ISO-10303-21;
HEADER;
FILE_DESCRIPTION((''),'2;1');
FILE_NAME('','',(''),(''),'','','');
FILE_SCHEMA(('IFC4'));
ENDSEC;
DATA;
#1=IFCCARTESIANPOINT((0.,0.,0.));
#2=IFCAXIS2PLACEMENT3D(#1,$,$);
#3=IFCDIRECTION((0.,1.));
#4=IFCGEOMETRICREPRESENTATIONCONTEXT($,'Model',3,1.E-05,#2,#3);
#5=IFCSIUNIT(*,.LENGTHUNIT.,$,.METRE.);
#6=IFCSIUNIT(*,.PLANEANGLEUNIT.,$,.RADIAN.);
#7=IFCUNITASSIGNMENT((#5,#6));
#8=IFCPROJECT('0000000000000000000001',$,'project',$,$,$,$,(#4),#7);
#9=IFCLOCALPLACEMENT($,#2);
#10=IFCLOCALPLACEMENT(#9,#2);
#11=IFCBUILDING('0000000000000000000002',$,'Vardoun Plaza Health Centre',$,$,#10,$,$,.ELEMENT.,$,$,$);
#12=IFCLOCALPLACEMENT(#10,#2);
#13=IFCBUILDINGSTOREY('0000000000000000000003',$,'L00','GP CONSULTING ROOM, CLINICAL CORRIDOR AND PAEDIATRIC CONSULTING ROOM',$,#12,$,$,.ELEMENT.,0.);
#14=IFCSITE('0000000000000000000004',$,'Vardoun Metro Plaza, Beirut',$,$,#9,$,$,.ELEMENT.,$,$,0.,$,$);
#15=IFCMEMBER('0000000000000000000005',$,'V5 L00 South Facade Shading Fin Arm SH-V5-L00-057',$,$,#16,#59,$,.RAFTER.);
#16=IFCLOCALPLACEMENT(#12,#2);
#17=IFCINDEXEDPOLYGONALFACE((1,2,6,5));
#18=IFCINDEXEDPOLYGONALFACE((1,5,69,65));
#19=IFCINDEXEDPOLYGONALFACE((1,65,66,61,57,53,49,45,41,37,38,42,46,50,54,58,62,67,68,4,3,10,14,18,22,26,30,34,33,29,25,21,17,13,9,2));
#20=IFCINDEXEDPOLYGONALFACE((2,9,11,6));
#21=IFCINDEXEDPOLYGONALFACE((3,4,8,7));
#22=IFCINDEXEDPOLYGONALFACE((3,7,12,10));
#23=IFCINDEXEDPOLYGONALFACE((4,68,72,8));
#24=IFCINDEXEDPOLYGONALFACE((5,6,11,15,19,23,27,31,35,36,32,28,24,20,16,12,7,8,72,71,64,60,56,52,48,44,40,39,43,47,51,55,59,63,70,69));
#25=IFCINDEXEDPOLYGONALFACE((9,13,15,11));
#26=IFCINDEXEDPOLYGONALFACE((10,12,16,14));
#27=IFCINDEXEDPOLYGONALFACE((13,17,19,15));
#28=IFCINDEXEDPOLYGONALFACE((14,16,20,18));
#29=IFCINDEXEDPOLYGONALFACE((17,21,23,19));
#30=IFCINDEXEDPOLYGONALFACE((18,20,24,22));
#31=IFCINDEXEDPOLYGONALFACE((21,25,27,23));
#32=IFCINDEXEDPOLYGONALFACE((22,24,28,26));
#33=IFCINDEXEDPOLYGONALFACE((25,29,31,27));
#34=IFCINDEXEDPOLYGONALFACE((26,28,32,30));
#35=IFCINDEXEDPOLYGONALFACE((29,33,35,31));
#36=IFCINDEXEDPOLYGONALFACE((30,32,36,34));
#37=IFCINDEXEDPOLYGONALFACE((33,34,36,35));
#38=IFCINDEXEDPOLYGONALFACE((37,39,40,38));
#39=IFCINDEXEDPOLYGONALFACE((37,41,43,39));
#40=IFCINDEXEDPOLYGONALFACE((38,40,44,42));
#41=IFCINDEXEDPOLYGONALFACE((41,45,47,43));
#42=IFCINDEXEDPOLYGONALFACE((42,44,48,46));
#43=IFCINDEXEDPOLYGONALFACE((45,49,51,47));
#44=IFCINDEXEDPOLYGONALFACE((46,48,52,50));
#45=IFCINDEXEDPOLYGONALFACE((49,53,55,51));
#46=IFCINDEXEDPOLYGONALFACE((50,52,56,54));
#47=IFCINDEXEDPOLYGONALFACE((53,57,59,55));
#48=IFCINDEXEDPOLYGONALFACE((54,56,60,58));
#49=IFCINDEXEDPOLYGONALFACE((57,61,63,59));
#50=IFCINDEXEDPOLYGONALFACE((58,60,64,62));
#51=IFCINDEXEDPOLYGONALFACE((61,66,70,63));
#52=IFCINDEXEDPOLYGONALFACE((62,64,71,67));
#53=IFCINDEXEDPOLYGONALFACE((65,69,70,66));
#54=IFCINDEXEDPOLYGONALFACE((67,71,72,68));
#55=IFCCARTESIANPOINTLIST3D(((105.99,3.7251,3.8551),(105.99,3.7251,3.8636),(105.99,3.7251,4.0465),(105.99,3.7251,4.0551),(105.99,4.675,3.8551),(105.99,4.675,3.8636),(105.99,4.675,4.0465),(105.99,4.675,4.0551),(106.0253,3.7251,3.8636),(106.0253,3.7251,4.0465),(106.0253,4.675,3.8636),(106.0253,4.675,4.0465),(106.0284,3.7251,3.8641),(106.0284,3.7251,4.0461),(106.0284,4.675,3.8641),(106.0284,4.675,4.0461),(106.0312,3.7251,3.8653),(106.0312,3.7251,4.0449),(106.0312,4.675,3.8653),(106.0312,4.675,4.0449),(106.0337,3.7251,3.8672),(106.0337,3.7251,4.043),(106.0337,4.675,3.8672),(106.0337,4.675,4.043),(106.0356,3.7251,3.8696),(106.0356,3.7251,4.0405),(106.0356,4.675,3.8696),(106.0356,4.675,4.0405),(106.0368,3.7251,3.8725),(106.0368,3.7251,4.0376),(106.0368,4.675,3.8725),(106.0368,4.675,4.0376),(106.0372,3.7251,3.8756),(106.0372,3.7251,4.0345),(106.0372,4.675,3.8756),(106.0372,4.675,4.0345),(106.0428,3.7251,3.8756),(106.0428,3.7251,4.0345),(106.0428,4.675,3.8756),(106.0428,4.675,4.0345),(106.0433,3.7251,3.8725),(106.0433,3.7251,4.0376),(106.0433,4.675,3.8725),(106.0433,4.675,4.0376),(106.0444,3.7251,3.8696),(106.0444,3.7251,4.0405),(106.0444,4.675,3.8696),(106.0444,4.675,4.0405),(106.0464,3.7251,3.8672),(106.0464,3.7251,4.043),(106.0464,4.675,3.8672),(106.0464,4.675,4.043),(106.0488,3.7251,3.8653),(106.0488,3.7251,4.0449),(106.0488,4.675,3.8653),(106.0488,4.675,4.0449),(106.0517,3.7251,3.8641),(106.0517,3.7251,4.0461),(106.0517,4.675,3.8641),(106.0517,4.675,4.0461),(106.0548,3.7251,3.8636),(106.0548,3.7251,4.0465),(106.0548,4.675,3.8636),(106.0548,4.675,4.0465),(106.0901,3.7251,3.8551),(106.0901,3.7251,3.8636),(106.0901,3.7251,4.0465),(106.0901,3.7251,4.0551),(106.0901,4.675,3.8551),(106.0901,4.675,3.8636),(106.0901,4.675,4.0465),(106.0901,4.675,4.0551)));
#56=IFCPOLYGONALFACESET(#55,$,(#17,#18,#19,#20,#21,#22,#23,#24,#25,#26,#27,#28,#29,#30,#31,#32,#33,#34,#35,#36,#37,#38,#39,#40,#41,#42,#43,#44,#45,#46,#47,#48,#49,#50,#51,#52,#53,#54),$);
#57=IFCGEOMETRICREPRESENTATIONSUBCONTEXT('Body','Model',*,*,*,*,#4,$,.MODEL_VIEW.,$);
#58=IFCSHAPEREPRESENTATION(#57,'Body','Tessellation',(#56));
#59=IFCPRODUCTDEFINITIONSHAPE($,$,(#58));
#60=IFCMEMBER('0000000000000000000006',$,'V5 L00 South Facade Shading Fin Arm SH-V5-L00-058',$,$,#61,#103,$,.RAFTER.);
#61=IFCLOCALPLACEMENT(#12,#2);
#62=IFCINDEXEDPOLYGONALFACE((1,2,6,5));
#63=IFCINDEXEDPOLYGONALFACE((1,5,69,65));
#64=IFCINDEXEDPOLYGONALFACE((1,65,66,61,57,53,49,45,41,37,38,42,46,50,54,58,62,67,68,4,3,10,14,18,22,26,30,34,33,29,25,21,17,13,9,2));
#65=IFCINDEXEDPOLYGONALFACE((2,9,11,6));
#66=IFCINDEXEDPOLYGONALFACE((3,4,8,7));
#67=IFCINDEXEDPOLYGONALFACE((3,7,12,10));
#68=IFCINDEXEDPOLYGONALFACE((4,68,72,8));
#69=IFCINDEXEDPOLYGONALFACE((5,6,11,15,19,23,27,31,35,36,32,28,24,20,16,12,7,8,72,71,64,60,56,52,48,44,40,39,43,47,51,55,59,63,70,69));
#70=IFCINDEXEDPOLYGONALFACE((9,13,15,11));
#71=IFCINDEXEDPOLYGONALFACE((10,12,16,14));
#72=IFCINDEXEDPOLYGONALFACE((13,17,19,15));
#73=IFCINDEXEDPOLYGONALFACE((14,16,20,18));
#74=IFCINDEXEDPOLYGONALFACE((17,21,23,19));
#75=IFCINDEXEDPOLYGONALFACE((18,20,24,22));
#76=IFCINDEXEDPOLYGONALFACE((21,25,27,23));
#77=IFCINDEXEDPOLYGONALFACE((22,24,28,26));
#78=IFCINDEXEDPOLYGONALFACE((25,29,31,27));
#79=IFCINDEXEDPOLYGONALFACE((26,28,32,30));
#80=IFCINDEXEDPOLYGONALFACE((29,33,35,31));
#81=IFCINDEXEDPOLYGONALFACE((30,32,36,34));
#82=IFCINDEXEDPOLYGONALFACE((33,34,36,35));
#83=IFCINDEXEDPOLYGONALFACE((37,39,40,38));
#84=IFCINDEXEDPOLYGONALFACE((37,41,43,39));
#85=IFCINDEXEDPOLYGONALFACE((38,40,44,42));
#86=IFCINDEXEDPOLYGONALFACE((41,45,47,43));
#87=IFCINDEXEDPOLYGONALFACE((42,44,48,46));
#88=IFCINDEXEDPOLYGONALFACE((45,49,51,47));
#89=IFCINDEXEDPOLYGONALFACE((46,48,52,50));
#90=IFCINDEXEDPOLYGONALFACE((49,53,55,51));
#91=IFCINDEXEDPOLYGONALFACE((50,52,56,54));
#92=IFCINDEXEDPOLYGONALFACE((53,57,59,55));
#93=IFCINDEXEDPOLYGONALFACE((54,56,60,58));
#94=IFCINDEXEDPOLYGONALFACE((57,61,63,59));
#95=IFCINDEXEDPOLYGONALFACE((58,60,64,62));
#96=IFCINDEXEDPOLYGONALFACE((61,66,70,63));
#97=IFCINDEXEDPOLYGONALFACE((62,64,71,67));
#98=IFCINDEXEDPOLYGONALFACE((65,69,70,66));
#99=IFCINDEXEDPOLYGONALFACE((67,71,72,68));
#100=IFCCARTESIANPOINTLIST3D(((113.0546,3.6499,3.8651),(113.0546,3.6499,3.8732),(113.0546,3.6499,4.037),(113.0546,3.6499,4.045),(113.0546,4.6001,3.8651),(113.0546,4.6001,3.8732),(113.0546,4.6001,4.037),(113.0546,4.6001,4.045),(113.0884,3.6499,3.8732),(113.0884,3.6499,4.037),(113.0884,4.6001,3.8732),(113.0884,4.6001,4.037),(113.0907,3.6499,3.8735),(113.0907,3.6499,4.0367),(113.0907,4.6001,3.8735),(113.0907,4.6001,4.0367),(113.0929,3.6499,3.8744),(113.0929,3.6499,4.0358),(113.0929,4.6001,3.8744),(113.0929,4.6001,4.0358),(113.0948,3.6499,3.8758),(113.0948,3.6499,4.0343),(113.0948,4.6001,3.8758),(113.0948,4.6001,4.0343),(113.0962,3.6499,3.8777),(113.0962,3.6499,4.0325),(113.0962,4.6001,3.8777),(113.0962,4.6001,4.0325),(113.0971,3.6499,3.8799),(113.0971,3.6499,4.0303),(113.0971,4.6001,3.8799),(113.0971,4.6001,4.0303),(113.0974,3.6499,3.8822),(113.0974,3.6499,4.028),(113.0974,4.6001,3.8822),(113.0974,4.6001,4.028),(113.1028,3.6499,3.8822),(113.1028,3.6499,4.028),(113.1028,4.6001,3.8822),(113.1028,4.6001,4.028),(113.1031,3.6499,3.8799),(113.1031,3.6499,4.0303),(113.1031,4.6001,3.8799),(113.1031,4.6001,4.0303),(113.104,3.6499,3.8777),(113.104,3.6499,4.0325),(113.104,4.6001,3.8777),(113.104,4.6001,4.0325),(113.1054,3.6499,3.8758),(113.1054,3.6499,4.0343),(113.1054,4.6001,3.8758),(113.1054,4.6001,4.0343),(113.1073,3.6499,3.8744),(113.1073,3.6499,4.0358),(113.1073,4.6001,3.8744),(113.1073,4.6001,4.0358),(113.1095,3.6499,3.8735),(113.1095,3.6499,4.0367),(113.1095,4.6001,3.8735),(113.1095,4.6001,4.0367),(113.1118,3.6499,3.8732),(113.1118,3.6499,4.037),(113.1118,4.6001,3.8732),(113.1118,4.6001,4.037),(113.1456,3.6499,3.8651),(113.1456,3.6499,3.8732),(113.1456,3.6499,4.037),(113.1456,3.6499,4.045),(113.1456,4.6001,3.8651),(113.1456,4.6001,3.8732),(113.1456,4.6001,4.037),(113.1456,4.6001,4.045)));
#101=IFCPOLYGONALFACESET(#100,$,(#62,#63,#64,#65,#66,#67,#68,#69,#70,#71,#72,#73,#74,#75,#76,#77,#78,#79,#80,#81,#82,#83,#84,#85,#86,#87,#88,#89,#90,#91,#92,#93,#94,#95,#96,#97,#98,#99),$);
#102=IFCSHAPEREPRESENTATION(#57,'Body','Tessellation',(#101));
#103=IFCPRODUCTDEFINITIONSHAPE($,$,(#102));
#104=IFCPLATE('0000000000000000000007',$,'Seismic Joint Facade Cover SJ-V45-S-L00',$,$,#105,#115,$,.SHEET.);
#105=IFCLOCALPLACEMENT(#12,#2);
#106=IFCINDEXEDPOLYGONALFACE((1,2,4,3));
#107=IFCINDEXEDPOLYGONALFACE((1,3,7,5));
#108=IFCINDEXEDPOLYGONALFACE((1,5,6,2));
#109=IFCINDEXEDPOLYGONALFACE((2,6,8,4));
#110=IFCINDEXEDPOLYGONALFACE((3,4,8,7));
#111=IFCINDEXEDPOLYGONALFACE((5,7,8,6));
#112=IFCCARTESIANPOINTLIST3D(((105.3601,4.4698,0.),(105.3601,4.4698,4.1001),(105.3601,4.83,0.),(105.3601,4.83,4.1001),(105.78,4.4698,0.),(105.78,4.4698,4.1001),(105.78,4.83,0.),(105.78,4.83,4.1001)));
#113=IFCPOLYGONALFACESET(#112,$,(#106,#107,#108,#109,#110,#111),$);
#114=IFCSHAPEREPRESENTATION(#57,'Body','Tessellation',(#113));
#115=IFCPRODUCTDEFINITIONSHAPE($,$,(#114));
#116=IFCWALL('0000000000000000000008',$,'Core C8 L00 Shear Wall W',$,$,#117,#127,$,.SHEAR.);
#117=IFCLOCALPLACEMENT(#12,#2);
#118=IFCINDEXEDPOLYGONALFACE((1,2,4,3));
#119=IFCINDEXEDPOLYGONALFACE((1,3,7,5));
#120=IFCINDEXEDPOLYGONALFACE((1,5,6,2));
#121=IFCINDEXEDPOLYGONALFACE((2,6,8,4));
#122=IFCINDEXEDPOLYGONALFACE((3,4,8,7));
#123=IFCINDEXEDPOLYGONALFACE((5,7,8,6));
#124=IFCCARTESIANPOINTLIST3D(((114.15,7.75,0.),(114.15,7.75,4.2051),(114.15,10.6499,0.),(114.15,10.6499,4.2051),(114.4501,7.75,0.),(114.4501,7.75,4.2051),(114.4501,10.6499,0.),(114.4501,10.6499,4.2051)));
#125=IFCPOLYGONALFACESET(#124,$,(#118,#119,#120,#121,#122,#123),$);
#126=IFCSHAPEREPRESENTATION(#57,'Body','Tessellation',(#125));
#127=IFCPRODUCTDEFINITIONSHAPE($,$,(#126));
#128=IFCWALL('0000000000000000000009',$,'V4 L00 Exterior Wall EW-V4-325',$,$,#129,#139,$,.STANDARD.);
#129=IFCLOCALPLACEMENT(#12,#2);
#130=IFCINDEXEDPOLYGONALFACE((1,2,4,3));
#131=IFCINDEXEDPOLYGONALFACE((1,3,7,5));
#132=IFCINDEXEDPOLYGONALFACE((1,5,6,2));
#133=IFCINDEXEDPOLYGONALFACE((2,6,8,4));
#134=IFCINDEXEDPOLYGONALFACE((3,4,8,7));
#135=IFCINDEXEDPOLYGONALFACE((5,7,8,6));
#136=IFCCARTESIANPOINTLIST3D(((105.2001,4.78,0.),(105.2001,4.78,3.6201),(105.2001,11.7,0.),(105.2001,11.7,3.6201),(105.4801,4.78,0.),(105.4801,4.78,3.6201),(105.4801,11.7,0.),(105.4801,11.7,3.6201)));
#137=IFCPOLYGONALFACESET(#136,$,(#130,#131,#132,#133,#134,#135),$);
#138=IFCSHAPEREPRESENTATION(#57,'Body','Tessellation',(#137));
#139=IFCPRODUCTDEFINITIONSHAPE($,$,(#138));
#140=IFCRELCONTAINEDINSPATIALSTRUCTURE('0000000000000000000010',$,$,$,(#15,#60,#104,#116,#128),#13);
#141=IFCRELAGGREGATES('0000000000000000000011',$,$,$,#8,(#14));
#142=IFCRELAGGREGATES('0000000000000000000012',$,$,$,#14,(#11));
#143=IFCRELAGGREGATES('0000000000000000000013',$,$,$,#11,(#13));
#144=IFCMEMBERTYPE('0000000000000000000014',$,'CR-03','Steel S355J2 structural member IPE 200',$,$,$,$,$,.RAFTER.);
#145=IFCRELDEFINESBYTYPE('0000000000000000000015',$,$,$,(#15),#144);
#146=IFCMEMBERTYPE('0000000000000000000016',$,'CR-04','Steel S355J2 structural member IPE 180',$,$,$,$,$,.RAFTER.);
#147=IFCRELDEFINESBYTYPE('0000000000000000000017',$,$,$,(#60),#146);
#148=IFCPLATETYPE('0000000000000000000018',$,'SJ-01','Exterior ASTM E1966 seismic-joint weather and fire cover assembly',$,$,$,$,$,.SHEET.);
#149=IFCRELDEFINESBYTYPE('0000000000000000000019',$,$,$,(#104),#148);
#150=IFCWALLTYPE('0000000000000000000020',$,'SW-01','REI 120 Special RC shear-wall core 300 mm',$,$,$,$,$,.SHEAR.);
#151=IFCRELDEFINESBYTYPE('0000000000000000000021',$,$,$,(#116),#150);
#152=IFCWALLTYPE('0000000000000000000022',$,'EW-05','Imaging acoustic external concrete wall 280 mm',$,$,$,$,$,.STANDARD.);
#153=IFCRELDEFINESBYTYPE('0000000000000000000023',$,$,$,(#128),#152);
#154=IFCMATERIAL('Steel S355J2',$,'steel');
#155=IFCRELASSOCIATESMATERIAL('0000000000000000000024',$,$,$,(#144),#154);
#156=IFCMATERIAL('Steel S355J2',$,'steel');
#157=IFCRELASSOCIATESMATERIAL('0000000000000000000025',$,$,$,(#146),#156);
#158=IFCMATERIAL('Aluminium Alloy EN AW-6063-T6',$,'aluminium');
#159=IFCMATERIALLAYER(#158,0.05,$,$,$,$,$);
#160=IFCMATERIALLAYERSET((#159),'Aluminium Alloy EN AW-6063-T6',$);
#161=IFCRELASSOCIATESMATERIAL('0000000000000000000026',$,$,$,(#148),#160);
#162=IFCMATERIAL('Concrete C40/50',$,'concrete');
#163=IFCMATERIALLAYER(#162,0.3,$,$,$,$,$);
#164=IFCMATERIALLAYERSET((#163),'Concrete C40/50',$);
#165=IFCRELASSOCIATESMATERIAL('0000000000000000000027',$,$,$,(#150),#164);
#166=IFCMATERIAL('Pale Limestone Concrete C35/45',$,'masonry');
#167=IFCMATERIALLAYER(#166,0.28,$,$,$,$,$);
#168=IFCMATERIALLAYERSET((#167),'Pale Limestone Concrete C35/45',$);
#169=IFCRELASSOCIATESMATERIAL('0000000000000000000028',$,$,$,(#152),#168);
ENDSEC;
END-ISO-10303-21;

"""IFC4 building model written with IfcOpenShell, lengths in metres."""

from ifc_helpers import new_model, si_unit, direction, frame, frame_2d, origin, origin_2d, place, context, subcontext, project, spatial, rectangle, i_section, extrude, material, layer, layer_set, material_profile, profile_set, type_object, element, save


model = new_model("IFC4")

# Units and contexts
model_context = context("Model", 3, precision=1e-05, world=origin(), true_north=direction((0.0, 1.0)))
body_context = subcontext(model_context, "Body", "Model", "MODEL_VIEW")
ifc_project = project(units=[si_unit("LENGTHUNIT", "METRE"), si_unit("PLANEANGLEUNIT", "RADIAN")], contexts=[model_context])

# Site, building, storey
site_placement = place(None, origin())
site = spatial("IfcSite", under=ifc_project, at=site_placement, Name="Vardoun Metro Plaza, Beirut", CompositionType="ELEMENT", RefElevation=0.0)
building_placement = place(site_placement, origin())
building = spatial("IfcBuilding", under=site, at=building_placement, Name="Vardoun Plaza Health Centre", CompositionType="ELEMENT")
storey_placement = place(building_placement, origin())
storey = spatial("IfcBuildingStorey", under=building, at=storey_placement, Name="L00", Description="GP CONSULTING ROOM, CLINICAL CORRIDOR AND PAEDIATRIC CONSULTING ROOM", CompositionType="ELEMENT", Elevation=0.0)

# Members
ifc_material_1 = material(Name="Steel S355J2", Category="steel")
ifc_material_profile_1 = material_profile(ifc_material_1, i_section(OverallWidth=0.1001, OverallDepth=0.2, WebThickness=0.0056, FlangeThickness=0.0085, FilletRadius=0.012, at=origin_2d()), Name="IPE 200")
ifc_profile_set_1 = profile_set([ifc_material_profile_1], Name="Steel S355J2")
member_type_1 = type_object("IfcMemberType", Name="CR-03", Description="Steel S355J2 structural member IPE 200", PredefinedType="RAFTER", material=ifc_profile_set_1)
member_1_placement = place(storey_placement, frame((106.04, 4.675, 3.9551), z_axis=(0.0, -1.0, 0.0), x_axis=(1.0, 0.0, 0.0)))
element("IfcMember", 1, at=member_1_placement, inside=storey, type_object=member_type_1, Name="V5 L00 South Facade Shading Fin Arm SH-V5-L00-057", PredefinedType="RAFTER", context=body_context, shape_type="SweptSolid", body=[
    extrude(i_section(OverallWidth=0.1001, OverallDepth=0.2, WebThickness=0.0056, FlangeThickness=0.0085, FilletRadius=0.012, at=origin_2d()), origin(), (0.0, 0.0, 1.0), 0.95),
])
ifc_material_2 = material(Name="Steel S355J2", Category="steel")
ifc_material_profile_2 = material_profile(ifc_material_2, i_section(OverallWidth=0.0911, OverallDepth=0.1799, WebThickness=0.0054, FlangeThickness=0.0081, FilletRadius=0.009, at=origin_2d()), Name="IPE 180")
ifc_profile_set_2 = profile_set([ifc_material_profile_2], Name="Steel S355J2")
member_type_2 = type_object("IfcMemberType", Name="CR-04", Description="Steel S355J2 structural member IPE 180", PredefinedType="RAFTER", material=ifc_profile_set_2)
member_2_placement = place(storey_placement, frame((113.1001, 4.6001, 3.9551), z_axis=(0.0, -1.0, 0.0), x_axis=(1.0, 0.0, 0.0)))
element("IfcMember", 2, at=member_2_placement, inside=storey, type_object=member_type_2, Name="V5 L00 South Facade Shading Fin Arm SH-V5-L00-058", PredefinedType="RAFTER", context=body_context, shape_type="SweptSolid", body=[
    extrude(i_section(OverallWidth=0.0911, OverallDepth=0.1799, WebThickness=0.0054, FlangeThickness=0.0081, FilletRadius=0.009, at=origin_2d()), origin(), (0.0, 0.0, 1.0), 0.9502),
])

# Plate
ifc_material_3 = material(Name="Aluminium Alloy EN AW-6063-T6", Category="aluminium")
ifc_layer_1 = layer(ifc_material_3, 0.05)
ifc_layer_set_1 = layer_set([ifc_layer_1], Name="Aluminium Alloy EN AW-6063-T6")
plate_type = type_object("IfcPlateType", Name="SJ-01", Description="Exterior ASTM E1966 seismic-joint weather and fire cover assembly", PredefinedType="SHEET", material=ifc_layer_set_1)
plate_placement = place(storey_placement, frame((105.5701, 4.6499, 0.0), z_axis=(0.0, 0.0, 1.0), x_axis=(1.0, 0.0, 0.0)))
element("IfcPlate", 3, at=plate_placement, inside=storey, type_object=plate_type, Name="Seismic Joint Facade Cover SJ-V45-S-L00", PredefinedType="SHEET", context=body_context, shape_type="SweptSolid", body=[
    extrude(rectangle(XDim=0.4199, YDim=0.3601, at=origin_2d()), origin(), (0.0, 0.0, 1.0), 4.1001),
])

# Wall
ifc_material_4 = material(Name="Concrete C40/50", Category="concrete")
ifc_layer_2 = layer(ifc_material_4, 0.3)
ifc_layer_set_2 = layer_set([ifc_layer_2], Name="Concrete C40/50")
wall_type_1 = type_object("IfcWallType", Name="SW-01", Description="REI 120 Special RC shear-wall core 300 mm", PredefinedType="SHEAR", material=ifc_layer_set_2)
wall_1_placement = place(storey_placement, frame((114.3, 7.75, 0.0), z_axis=(0.0, 0.0, 1.0), x_axis=(0.0, 1.0, 0.0)))
element("IfcWall", 4, at=wall_1_placement, inside=storey, type_object=wall_type_1, Name="Core C8 L00 Shear Wall W", PredefinedType="SHEAR", context=body_context, shape_type="SweptSolid", body=[
    extrude(rectangle(XDim=2.8999, YDim=0.3, at=frame_2d((1.45, 0.0))), origin(), (0.0, 0.0, 1.0), 4.2051),
])

# Wall
ifc_material_5 = material(Name="Pale Limestone Concrete C35/45", Category="masonry")
ifc_layer_3 = layer(ifc_material_5, 0.28)
ifc_layer_set_3 = layer_set([ifc_layer_3], Name="Pale Limestone Concrete C35/45")
wall_type_2 = type_object("IfcWallType", Name="EW-05", Description="Imaging acoustic external concrete wall 280 mm", PredefinedType="STANDARD", material=ifc_layer_set_3)
wall_2_placement = place(storey_placement, frame((105.3401, 11.7, 0.0), z_axis=(0.0, 0.0, 1.0), x_axis=(0.0, -1.0, 0.0)))
element("IfcWall", 5, at=wall_2_placement, inside=storey, type_object=wall_type_2, Name="V4 L00 Exterior Wall EW-V4-325", PredefinedType="STANDARD", context=body_context, shape_type="SweptSolid", body=[
    extrude(rectangle(XDim=6.9199, YDim=0.28, at=frame_2d((3.46, 0.0))), origin(), (0.0, 0.0, 1.0), 3.6201),
])

save(model, "model.ifc")
